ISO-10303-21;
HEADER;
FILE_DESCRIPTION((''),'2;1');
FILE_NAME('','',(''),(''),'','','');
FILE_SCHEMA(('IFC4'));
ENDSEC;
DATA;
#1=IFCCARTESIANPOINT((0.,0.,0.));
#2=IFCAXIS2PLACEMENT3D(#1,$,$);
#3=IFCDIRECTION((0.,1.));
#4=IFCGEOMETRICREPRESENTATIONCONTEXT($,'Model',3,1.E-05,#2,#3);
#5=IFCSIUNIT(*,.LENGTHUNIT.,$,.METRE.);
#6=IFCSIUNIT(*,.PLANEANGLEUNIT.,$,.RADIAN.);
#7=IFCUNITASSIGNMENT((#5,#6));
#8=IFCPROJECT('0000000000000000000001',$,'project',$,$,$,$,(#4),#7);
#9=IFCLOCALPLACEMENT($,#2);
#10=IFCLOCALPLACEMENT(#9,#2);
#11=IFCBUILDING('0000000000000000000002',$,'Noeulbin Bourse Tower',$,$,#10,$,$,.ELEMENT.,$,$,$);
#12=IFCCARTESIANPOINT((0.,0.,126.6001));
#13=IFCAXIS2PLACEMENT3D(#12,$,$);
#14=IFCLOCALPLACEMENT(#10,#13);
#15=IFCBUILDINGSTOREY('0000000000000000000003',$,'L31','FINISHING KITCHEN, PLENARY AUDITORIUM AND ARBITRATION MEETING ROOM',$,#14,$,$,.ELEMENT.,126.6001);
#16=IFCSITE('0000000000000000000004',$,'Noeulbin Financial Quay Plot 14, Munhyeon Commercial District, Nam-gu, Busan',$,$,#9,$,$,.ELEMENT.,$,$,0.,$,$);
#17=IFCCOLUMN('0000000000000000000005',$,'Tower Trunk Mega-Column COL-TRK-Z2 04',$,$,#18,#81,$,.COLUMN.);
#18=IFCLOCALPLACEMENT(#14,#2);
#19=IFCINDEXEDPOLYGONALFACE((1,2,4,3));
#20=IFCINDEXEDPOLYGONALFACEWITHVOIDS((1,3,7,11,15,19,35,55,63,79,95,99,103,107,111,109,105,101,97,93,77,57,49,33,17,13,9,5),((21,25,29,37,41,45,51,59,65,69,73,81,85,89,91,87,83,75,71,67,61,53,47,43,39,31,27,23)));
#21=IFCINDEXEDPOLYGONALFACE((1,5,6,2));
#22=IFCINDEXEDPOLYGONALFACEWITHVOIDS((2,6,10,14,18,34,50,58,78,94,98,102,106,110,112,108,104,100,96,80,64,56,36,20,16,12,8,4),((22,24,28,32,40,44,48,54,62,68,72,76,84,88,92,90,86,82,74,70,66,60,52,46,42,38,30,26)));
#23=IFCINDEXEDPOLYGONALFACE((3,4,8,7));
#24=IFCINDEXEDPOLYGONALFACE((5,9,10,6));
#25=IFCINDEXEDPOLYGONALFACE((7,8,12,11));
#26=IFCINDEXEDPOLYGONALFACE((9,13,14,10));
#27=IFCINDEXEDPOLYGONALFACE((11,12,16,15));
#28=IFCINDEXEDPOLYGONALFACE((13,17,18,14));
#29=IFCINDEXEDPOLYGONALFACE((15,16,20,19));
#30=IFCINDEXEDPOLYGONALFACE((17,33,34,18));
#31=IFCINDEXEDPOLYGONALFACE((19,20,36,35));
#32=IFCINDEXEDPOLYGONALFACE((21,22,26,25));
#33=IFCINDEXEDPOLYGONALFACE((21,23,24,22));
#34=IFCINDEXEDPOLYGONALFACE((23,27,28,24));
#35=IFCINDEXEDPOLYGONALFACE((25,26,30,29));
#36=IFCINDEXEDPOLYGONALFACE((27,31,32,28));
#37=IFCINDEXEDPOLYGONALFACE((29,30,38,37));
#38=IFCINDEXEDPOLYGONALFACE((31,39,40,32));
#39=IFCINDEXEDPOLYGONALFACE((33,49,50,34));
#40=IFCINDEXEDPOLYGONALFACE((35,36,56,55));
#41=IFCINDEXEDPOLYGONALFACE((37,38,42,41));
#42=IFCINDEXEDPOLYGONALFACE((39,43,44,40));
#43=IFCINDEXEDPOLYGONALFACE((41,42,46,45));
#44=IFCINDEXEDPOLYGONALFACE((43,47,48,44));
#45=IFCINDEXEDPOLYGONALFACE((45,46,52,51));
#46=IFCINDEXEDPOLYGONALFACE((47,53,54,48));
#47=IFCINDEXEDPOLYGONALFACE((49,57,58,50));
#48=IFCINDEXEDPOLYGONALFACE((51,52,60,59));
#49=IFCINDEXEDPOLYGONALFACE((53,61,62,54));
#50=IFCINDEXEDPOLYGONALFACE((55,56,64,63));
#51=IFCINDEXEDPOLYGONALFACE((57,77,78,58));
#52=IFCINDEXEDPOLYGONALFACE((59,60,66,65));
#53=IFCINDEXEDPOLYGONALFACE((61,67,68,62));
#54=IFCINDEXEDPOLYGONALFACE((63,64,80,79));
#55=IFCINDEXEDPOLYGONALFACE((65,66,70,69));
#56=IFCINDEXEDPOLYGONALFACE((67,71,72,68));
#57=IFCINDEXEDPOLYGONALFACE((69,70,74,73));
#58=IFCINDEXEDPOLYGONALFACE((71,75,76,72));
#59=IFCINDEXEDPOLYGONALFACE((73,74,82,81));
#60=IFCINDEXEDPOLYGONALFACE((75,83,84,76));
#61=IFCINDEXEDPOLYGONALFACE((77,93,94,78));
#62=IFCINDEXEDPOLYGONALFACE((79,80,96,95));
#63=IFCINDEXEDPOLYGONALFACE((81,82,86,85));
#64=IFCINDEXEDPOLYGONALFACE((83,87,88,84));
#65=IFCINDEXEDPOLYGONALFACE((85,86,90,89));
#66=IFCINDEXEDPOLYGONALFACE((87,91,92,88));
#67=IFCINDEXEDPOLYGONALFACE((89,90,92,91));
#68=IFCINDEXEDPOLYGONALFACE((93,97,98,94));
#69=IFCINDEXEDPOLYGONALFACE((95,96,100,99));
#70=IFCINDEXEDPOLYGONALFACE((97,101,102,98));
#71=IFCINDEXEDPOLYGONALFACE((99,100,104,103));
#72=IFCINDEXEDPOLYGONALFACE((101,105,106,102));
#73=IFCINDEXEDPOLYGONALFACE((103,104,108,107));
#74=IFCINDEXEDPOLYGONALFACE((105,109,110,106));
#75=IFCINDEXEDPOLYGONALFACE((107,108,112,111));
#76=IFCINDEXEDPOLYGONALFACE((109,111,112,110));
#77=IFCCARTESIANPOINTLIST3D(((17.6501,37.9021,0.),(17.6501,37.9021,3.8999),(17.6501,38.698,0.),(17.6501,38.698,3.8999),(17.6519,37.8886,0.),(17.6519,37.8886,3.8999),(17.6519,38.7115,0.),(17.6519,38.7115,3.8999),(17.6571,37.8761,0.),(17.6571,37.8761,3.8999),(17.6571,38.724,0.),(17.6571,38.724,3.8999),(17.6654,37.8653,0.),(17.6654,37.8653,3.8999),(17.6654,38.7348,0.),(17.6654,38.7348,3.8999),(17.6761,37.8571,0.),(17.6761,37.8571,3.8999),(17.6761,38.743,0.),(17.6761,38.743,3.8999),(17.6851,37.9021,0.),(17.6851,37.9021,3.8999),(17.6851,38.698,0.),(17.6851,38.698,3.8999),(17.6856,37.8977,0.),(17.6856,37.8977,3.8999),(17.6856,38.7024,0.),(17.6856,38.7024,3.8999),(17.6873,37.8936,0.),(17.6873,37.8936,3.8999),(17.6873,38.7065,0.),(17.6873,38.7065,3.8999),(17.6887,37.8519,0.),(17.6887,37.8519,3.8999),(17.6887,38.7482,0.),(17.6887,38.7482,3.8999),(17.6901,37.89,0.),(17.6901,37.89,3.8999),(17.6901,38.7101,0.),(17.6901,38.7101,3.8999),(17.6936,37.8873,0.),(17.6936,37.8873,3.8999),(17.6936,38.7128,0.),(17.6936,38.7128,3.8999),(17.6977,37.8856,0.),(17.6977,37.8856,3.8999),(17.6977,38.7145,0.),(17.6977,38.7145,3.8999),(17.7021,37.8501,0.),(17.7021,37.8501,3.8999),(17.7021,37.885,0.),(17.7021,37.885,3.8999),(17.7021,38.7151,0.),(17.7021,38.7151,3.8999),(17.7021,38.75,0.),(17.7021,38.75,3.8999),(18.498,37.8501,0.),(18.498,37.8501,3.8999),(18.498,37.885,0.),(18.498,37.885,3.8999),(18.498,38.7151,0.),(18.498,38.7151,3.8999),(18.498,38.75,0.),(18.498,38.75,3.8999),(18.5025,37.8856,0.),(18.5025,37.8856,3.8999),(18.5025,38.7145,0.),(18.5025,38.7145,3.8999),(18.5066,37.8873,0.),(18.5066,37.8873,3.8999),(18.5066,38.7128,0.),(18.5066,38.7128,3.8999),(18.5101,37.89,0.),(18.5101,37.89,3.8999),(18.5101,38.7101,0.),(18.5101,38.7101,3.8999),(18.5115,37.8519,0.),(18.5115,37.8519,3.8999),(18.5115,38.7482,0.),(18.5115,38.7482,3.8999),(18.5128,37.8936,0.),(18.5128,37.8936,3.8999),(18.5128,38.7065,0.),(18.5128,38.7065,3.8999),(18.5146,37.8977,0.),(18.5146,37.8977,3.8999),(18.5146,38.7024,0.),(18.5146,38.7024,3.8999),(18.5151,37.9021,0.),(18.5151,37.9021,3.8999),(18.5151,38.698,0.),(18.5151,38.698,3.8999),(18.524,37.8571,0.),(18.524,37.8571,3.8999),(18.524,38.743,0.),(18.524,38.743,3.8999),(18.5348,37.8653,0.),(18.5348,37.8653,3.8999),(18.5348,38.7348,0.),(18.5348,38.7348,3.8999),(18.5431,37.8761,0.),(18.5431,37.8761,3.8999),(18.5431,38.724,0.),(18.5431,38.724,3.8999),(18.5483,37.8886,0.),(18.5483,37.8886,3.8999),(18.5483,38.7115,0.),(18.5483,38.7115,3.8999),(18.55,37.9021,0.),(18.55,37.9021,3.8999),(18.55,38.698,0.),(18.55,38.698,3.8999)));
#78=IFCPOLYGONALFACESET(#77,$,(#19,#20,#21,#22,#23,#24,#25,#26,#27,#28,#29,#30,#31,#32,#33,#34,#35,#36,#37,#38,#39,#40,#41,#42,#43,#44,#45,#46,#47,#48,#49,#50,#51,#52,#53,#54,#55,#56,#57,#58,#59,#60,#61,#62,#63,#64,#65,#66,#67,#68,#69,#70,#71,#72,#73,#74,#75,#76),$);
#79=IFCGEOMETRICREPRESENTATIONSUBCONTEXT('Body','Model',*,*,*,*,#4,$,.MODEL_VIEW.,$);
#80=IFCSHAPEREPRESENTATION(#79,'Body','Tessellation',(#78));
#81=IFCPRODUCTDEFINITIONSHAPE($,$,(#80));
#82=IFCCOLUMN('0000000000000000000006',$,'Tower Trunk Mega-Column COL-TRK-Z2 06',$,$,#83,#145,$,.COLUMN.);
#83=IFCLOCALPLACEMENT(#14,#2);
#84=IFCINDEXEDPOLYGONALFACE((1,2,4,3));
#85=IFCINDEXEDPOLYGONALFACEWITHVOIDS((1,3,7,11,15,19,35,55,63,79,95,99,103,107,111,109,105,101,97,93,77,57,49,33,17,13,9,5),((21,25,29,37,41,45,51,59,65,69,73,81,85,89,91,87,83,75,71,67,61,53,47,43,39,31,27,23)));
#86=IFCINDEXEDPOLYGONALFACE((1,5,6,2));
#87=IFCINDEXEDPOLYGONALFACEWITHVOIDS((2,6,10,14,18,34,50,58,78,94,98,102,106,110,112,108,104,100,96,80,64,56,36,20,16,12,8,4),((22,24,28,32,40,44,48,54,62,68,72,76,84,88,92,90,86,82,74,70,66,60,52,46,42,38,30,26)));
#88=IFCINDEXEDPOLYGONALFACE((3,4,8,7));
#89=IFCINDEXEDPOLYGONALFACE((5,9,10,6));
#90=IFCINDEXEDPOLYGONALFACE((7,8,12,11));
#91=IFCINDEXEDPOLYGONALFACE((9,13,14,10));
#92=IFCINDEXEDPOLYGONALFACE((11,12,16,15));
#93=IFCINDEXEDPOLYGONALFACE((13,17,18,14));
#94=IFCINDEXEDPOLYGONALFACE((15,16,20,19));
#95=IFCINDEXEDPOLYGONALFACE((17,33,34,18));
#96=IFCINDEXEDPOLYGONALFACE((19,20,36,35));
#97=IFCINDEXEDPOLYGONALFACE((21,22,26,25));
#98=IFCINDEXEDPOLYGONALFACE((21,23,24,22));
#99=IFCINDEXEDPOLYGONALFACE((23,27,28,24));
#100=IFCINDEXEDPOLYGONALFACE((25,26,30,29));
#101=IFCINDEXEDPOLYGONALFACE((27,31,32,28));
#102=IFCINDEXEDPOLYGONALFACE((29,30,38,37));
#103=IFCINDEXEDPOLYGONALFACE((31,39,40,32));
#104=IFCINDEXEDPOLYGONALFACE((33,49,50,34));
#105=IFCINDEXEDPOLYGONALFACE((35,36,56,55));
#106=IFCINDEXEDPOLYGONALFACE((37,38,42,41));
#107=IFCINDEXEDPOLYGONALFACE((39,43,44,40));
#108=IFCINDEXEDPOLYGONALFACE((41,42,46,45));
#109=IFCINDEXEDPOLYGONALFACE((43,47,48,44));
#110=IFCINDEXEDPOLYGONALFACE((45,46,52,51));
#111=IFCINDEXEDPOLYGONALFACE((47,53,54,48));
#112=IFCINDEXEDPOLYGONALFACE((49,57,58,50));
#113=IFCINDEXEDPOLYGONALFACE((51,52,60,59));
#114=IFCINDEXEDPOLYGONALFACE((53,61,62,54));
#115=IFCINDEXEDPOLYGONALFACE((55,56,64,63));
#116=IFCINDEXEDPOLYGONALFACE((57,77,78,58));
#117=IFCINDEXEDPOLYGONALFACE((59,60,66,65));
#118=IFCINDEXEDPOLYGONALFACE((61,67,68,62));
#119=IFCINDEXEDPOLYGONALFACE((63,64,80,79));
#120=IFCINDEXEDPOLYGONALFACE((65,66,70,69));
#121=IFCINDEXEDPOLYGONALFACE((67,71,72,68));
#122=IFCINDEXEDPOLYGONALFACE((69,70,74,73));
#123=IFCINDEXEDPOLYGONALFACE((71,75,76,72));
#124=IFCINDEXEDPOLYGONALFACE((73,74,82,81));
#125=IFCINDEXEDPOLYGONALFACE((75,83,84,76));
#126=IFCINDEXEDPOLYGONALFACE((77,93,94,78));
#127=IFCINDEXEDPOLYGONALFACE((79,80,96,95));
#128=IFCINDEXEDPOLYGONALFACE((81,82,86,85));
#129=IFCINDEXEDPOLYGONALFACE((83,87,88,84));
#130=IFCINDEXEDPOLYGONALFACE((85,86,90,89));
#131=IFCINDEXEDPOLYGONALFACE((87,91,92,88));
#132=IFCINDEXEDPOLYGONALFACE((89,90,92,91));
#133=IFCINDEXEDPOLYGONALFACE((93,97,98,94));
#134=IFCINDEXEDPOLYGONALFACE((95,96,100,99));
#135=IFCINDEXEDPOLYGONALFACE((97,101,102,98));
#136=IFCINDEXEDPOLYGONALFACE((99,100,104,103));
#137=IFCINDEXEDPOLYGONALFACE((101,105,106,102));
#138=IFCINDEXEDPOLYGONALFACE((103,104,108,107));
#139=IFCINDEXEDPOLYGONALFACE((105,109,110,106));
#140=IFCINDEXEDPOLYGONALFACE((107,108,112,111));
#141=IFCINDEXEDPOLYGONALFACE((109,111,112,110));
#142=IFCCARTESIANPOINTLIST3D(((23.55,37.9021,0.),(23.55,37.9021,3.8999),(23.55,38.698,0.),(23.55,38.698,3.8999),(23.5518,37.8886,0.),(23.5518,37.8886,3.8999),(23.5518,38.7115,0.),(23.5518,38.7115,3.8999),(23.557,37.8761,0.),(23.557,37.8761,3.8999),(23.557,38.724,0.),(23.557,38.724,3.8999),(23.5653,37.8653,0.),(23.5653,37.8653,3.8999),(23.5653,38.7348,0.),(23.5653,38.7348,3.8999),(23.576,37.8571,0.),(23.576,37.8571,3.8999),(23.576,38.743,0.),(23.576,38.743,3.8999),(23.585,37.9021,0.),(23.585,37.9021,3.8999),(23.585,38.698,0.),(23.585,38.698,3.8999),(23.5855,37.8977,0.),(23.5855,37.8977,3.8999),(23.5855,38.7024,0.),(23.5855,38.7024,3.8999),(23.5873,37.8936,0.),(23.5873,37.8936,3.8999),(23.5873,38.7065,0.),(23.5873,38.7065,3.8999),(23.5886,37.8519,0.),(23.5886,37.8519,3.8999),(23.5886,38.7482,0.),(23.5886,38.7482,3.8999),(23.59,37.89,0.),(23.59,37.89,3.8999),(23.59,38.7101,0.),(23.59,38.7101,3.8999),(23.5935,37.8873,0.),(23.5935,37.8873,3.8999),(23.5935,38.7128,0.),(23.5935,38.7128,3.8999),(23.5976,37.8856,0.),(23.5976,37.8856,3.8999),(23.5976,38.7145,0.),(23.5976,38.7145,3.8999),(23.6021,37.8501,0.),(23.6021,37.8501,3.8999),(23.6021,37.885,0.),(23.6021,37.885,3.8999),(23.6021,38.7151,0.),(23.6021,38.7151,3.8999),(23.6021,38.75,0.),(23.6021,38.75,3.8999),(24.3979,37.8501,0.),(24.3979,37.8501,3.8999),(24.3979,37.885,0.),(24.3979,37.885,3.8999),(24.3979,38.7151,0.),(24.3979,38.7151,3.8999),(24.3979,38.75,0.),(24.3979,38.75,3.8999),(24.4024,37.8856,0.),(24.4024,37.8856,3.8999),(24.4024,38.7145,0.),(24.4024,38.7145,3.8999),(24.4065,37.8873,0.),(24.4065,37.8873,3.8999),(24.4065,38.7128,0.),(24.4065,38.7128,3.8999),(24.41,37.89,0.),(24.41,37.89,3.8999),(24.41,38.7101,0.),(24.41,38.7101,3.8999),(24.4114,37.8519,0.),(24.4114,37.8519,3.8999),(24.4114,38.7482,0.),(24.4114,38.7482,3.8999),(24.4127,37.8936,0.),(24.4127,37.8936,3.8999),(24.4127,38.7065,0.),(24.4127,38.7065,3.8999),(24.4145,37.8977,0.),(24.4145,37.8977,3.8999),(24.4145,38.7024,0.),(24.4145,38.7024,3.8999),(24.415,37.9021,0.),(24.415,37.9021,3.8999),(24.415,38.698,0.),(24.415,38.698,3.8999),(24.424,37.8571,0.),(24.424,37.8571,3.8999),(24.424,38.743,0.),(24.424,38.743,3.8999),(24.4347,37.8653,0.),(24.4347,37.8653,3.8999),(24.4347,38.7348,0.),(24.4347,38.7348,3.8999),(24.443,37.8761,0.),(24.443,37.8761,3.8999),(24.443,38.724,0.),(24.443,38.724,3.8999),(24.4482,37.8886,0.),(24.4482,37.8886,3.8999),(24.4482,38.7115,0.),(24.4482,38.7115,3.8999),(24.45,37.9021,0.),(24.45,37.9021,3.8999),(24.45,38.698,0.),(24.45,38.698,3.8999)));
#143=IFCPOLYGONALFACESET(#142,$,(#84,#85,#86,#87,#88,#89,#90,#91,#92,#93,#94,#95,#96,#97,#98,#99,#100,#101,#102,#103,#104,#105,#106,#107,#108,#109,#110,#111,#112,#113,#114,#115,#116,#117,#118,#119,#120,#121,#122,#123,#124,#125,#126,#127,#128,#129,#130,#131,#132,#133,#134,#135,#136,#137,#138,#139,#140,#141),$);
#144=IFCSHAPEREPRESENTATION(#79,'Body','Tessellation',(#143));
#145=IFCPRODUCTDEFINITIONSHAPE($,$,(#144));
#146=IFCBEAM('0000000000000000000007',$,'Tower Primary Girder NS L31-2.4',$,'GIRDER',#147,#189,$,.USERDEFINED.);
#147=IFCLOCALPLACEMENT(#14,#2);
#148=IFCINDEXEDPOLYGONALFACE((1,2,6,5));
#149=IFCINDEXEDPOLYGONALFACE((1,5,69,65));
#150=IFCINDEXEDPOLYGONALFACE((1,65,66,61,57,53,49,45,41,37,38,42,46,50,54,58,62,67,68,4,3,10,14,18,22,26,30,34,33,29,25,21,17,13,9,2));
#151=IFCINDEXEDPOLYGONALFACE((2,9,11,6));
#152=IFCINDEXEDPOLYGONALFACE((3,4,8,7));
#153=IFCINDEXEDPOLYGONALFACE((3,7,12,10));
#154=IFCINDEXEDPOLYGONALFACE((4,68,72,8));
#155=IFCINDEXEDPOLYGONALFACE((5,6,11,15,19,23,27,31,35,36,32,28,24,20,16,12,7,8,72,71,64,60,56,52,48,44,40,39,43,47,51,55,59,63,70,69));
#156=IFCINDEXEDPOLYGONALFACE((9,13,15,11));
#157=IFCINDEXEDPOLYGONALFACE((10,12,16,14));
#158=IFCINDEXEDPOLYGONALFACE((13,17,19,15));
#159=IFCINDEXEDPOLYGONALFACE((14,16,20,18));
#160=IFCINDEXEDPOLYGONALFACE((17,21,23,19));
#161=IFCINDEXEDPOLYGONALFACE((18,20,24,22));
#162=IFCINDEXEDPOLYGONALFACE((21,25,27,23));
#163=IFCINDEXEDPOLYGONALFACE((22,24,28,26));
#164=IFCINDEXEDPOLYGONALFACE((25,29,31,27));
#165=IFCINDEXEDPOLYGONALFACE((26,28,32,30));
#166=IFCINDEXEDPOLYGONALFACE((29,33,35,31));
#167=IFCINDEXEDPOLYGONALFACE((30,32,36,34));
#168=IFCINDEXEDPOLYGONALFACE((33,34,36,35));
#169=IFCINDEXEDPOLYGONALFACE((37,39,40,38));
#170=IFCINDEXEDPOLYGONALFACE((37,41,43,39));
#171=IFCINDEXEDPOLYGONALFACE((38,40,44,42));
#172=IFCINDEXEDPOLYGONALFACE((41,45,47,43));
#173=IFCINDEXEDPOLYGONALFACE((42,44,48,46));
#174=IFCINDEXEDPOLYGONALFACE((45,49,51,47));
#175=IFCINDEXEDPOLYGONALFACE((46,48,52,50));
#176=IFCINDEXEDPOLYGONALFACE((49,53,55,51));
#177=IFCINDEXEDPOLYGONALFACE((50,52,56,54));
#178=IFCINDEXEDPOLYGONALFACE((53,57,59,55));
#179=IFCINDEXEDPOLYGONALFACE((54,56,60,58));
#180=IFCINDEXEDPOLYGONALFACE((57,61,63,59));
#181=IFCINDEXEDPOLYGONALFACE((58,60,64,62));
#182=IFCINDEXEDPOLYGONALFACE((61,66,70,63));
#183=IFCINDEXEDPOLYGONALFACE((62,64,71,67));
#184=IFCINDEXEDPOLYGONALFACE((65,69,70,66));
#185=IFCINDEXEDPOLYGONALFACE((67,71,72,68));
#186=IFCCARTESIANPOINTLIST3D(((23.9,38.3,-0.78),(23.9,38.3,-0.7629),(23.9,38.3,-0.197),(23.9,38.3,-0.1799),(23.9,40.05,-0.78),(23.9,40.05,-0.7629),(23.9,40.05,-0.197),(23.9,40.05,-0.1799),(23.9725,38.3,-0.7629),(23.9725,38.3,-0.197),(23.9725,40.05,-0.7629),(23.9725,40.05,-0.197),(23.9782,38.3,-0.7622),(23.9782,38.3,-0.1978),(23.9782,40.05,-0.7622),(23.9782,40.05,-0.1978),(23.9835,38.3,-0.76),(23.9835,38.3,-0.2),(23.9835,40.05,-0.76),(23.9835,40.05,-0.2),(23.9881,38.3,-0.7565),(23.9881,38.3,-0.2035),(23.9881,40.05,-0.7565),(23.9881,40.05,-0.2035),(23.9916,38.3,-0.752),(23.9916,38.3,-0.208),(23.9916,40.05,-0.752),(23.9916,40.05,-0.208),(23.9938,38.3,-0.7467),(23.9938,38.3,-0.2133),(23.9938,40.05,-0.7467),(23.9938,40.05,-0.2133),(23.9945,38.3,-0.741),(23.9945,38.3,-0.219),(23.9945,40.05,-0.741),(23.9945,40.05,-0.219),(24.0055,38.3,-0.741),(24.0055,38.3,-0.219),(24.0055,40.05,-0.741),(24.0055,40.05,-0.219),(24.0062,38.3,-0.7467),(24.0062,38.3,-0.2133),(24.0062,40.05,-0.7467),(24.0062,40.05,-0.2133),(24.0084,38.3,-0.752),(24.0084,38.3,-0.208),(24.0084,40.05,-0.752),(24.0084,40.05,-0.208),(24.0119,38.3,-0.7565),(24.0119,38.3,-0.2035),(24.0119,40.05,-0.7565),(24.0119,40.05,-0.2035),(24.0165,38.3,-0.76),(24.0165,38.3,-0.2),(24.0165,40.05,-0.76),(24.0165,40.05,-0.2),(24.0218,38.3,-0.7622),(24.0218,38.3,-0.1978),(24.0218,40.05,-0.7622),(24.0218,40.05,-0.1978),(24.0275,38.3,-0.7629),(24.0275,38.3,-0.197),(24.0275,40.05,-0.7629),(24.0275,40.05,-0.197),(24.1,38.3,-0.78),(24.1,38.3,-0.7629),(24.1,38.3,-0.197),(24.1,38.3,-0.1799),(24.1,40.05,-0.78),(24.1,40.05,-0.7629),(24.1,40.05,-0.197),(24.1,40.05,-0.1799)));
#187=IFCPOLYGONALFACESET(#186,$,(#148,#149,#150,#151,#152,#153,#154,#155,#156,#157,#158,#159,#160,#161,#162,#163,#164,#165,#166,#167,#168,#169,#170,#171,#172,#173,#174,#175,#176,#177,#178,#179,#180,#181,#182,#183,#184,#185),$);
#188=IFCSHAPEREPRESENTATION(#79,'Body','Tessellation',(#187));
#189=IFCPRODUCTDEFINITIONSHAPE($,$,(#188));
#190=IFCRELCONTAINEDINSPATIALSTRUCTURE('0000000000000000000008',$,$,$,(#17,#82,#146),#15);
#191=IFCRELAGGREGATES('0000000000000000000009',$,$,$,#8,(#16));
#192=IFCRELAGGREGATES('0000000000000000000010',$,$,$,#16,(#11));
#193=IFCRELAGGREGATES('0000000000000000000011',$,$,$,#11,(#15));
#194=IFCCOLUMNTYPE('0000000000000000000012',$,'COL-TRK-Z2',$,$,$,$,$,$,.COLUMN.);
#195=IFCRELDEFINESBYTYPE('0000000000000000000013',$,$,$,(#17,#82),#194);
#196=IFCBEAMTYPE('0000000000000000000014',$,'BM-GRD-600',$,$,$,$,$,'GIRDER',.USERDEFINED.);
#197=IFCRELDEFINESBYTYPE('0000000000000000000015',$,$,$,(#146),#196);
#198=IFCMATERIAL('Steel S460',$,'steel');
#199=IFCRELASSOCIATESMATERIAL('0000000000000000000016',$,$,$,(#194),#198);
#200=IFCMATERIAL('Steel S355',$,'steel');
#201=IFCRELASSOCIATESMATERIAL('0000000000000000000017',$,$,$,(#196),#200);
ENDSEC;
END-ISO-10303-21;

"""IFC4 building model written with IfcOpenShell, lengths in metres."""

from ifc_helpers import new_model, si_unit, direction, frame, origin, origin_2d, place, context, subcontext, project, spatial, hollow_rectangle, i_section, extrude, material, material_profile, profile_set, type_object, element, save


model = new_model("IFC4")

# Units and contexts
model_context = context("Model", 3, precision=1e-05, world=origin(), true_north=direction((0.0, 1.0)))
body_context = subcontext(model_context, "Body", "Model", "MODEL_VIEW")
ifc_project = project(units=[si_unit("LENGTHUNIT", "METRE"), si_unit("PLANEANGLEUNIT", "RADIAN")], contexts=[model_context])

# Site, building, storey
site_placement = place(None, origin())
site = spatial("IfcSite", under=ifc_project, at=site_placement, Name="Noeulbin Financial Quay Plot 14, Munhyeon Commercial District, Nam-gu, Busan", CompositionType="ELEMENT", RefElevation=0.0)
building_placement = place(site_placement, origin())
building = spatial("IfcBuilding", under=site, at=building_placement, Name="Noeulbin Bourse Tower", CompositionType="ELEMENT")
storey_placement = place(building_placement, frame((0.0, 0.0, 126.6001)))
storey = spatial("IfcBuildingStorey", under=building, at=storey_placement, Name="L31", Description="FINISHING KITCHEN, PLENARY AUDITORIUM AND ARBITRATION MEETING ROOM", CompositionType="ELEMENT", Elevation=126.6001)

# Columns
ifc_material_1 = material(Name="Steel S460", Category="steel")
ifc_material_profile_1 = material_profile(ifc_material_1, hollow_rectangle(XDim=0.8999, YDim=0.8999, WallThickness=0.0349, InnerFilletRadius=0.0171, OuterFilletRadius=0.052, at=origin_2d()), Name="BOX-900x900x35", Category="LoadBearing")
ifc_profile_set_1 = profile_set([ifc_material_profile_1], Name="Steel S460")
column_type = type_object("IfcColumnType", Name="COL-TRK-Z2", PredefinedType="COLUMN", material=ifc_profile_set_1)
for number, where, z_axis, x_axis, name in (
    (1, (18.1001, 38.3, 0.0), (0.0, 0.0, 1.0), (1.0, 0.0, 0.0), "Tower Trunk Mega-Column COL-TRK-Z2 04"),
    (2, (24.0, 38.3, 0.0), (0.0, 0.0, 1.0), (1.0, 0.0, 0.0), "Tower Trunk Mega-Column COL-TRK-Z2 06"),
):
    element("IfcColumn", number, at=place(storey_placement, frame(where, z_axis=z_axis, x_axis=x_axis)), inside=storey, type_object=column_type, Name=name, PredefinedType="COLUMN", context=body_context, shape_type="SweptSolid", body=[
        extrude(hollow_rectangle(XDim=0.8999, YDim=0.8999, WallThickness=0.0349, InnerFilletRadius=0.0171, OuterFilletRadius=0.052, at=origin_2d()), origin(), (0.0, 0.0, 1.0), 3.8999),
    ])

# Beam
ifc_material_2 = material(Name="Steel S355", Category="steel")
ifc_material_profile_2 = material_profile(ifc_material_2, i_section(OverallWidth=0.2, OverallDepth=0.6001, WebThickness=0.011, FlangeThickness=0.0171, FilletRadius=0.022, at=origin_2d()), Name="H-600x200x11x17", Category="LoadBearing")
ifc_profile_set_2 = profile_set([ifc_material_profile_2], Name="Steel S355")
beam_type = type_object("IfcBeamType", Name="BM-GRD-600", ElementType="GIRDER", PredefinedType="USERDEFINED", material=ifc_profile_set_2)
beam_placement = place(storey_placement, frame((24.0, 38.3, -0.48), z_axis=(0.0, 1.0, 0.0), x_axis=(-1.0, 0.0, 0.0)))
element("IfcBeam", 3, at=beam_placement, inside=storey, type_object=beam_type, Name="Tower Primary Girder NS L31-2.4", ObjectType="GIRDER", PredefinedType="USERDEFINED", context=body_context, shape_type="SweptSolid", body=[
    extrude(i_section(OverallWidth=0.2, OverallDepth=0.6001, WebThickness=0.011, FlangeThickness=0.0171, FilletRadius=0.022, at=origin_2d()), origin(), (0.0, 0.0, 1.0), 1.75),
])

save(model, "model.ifc")
